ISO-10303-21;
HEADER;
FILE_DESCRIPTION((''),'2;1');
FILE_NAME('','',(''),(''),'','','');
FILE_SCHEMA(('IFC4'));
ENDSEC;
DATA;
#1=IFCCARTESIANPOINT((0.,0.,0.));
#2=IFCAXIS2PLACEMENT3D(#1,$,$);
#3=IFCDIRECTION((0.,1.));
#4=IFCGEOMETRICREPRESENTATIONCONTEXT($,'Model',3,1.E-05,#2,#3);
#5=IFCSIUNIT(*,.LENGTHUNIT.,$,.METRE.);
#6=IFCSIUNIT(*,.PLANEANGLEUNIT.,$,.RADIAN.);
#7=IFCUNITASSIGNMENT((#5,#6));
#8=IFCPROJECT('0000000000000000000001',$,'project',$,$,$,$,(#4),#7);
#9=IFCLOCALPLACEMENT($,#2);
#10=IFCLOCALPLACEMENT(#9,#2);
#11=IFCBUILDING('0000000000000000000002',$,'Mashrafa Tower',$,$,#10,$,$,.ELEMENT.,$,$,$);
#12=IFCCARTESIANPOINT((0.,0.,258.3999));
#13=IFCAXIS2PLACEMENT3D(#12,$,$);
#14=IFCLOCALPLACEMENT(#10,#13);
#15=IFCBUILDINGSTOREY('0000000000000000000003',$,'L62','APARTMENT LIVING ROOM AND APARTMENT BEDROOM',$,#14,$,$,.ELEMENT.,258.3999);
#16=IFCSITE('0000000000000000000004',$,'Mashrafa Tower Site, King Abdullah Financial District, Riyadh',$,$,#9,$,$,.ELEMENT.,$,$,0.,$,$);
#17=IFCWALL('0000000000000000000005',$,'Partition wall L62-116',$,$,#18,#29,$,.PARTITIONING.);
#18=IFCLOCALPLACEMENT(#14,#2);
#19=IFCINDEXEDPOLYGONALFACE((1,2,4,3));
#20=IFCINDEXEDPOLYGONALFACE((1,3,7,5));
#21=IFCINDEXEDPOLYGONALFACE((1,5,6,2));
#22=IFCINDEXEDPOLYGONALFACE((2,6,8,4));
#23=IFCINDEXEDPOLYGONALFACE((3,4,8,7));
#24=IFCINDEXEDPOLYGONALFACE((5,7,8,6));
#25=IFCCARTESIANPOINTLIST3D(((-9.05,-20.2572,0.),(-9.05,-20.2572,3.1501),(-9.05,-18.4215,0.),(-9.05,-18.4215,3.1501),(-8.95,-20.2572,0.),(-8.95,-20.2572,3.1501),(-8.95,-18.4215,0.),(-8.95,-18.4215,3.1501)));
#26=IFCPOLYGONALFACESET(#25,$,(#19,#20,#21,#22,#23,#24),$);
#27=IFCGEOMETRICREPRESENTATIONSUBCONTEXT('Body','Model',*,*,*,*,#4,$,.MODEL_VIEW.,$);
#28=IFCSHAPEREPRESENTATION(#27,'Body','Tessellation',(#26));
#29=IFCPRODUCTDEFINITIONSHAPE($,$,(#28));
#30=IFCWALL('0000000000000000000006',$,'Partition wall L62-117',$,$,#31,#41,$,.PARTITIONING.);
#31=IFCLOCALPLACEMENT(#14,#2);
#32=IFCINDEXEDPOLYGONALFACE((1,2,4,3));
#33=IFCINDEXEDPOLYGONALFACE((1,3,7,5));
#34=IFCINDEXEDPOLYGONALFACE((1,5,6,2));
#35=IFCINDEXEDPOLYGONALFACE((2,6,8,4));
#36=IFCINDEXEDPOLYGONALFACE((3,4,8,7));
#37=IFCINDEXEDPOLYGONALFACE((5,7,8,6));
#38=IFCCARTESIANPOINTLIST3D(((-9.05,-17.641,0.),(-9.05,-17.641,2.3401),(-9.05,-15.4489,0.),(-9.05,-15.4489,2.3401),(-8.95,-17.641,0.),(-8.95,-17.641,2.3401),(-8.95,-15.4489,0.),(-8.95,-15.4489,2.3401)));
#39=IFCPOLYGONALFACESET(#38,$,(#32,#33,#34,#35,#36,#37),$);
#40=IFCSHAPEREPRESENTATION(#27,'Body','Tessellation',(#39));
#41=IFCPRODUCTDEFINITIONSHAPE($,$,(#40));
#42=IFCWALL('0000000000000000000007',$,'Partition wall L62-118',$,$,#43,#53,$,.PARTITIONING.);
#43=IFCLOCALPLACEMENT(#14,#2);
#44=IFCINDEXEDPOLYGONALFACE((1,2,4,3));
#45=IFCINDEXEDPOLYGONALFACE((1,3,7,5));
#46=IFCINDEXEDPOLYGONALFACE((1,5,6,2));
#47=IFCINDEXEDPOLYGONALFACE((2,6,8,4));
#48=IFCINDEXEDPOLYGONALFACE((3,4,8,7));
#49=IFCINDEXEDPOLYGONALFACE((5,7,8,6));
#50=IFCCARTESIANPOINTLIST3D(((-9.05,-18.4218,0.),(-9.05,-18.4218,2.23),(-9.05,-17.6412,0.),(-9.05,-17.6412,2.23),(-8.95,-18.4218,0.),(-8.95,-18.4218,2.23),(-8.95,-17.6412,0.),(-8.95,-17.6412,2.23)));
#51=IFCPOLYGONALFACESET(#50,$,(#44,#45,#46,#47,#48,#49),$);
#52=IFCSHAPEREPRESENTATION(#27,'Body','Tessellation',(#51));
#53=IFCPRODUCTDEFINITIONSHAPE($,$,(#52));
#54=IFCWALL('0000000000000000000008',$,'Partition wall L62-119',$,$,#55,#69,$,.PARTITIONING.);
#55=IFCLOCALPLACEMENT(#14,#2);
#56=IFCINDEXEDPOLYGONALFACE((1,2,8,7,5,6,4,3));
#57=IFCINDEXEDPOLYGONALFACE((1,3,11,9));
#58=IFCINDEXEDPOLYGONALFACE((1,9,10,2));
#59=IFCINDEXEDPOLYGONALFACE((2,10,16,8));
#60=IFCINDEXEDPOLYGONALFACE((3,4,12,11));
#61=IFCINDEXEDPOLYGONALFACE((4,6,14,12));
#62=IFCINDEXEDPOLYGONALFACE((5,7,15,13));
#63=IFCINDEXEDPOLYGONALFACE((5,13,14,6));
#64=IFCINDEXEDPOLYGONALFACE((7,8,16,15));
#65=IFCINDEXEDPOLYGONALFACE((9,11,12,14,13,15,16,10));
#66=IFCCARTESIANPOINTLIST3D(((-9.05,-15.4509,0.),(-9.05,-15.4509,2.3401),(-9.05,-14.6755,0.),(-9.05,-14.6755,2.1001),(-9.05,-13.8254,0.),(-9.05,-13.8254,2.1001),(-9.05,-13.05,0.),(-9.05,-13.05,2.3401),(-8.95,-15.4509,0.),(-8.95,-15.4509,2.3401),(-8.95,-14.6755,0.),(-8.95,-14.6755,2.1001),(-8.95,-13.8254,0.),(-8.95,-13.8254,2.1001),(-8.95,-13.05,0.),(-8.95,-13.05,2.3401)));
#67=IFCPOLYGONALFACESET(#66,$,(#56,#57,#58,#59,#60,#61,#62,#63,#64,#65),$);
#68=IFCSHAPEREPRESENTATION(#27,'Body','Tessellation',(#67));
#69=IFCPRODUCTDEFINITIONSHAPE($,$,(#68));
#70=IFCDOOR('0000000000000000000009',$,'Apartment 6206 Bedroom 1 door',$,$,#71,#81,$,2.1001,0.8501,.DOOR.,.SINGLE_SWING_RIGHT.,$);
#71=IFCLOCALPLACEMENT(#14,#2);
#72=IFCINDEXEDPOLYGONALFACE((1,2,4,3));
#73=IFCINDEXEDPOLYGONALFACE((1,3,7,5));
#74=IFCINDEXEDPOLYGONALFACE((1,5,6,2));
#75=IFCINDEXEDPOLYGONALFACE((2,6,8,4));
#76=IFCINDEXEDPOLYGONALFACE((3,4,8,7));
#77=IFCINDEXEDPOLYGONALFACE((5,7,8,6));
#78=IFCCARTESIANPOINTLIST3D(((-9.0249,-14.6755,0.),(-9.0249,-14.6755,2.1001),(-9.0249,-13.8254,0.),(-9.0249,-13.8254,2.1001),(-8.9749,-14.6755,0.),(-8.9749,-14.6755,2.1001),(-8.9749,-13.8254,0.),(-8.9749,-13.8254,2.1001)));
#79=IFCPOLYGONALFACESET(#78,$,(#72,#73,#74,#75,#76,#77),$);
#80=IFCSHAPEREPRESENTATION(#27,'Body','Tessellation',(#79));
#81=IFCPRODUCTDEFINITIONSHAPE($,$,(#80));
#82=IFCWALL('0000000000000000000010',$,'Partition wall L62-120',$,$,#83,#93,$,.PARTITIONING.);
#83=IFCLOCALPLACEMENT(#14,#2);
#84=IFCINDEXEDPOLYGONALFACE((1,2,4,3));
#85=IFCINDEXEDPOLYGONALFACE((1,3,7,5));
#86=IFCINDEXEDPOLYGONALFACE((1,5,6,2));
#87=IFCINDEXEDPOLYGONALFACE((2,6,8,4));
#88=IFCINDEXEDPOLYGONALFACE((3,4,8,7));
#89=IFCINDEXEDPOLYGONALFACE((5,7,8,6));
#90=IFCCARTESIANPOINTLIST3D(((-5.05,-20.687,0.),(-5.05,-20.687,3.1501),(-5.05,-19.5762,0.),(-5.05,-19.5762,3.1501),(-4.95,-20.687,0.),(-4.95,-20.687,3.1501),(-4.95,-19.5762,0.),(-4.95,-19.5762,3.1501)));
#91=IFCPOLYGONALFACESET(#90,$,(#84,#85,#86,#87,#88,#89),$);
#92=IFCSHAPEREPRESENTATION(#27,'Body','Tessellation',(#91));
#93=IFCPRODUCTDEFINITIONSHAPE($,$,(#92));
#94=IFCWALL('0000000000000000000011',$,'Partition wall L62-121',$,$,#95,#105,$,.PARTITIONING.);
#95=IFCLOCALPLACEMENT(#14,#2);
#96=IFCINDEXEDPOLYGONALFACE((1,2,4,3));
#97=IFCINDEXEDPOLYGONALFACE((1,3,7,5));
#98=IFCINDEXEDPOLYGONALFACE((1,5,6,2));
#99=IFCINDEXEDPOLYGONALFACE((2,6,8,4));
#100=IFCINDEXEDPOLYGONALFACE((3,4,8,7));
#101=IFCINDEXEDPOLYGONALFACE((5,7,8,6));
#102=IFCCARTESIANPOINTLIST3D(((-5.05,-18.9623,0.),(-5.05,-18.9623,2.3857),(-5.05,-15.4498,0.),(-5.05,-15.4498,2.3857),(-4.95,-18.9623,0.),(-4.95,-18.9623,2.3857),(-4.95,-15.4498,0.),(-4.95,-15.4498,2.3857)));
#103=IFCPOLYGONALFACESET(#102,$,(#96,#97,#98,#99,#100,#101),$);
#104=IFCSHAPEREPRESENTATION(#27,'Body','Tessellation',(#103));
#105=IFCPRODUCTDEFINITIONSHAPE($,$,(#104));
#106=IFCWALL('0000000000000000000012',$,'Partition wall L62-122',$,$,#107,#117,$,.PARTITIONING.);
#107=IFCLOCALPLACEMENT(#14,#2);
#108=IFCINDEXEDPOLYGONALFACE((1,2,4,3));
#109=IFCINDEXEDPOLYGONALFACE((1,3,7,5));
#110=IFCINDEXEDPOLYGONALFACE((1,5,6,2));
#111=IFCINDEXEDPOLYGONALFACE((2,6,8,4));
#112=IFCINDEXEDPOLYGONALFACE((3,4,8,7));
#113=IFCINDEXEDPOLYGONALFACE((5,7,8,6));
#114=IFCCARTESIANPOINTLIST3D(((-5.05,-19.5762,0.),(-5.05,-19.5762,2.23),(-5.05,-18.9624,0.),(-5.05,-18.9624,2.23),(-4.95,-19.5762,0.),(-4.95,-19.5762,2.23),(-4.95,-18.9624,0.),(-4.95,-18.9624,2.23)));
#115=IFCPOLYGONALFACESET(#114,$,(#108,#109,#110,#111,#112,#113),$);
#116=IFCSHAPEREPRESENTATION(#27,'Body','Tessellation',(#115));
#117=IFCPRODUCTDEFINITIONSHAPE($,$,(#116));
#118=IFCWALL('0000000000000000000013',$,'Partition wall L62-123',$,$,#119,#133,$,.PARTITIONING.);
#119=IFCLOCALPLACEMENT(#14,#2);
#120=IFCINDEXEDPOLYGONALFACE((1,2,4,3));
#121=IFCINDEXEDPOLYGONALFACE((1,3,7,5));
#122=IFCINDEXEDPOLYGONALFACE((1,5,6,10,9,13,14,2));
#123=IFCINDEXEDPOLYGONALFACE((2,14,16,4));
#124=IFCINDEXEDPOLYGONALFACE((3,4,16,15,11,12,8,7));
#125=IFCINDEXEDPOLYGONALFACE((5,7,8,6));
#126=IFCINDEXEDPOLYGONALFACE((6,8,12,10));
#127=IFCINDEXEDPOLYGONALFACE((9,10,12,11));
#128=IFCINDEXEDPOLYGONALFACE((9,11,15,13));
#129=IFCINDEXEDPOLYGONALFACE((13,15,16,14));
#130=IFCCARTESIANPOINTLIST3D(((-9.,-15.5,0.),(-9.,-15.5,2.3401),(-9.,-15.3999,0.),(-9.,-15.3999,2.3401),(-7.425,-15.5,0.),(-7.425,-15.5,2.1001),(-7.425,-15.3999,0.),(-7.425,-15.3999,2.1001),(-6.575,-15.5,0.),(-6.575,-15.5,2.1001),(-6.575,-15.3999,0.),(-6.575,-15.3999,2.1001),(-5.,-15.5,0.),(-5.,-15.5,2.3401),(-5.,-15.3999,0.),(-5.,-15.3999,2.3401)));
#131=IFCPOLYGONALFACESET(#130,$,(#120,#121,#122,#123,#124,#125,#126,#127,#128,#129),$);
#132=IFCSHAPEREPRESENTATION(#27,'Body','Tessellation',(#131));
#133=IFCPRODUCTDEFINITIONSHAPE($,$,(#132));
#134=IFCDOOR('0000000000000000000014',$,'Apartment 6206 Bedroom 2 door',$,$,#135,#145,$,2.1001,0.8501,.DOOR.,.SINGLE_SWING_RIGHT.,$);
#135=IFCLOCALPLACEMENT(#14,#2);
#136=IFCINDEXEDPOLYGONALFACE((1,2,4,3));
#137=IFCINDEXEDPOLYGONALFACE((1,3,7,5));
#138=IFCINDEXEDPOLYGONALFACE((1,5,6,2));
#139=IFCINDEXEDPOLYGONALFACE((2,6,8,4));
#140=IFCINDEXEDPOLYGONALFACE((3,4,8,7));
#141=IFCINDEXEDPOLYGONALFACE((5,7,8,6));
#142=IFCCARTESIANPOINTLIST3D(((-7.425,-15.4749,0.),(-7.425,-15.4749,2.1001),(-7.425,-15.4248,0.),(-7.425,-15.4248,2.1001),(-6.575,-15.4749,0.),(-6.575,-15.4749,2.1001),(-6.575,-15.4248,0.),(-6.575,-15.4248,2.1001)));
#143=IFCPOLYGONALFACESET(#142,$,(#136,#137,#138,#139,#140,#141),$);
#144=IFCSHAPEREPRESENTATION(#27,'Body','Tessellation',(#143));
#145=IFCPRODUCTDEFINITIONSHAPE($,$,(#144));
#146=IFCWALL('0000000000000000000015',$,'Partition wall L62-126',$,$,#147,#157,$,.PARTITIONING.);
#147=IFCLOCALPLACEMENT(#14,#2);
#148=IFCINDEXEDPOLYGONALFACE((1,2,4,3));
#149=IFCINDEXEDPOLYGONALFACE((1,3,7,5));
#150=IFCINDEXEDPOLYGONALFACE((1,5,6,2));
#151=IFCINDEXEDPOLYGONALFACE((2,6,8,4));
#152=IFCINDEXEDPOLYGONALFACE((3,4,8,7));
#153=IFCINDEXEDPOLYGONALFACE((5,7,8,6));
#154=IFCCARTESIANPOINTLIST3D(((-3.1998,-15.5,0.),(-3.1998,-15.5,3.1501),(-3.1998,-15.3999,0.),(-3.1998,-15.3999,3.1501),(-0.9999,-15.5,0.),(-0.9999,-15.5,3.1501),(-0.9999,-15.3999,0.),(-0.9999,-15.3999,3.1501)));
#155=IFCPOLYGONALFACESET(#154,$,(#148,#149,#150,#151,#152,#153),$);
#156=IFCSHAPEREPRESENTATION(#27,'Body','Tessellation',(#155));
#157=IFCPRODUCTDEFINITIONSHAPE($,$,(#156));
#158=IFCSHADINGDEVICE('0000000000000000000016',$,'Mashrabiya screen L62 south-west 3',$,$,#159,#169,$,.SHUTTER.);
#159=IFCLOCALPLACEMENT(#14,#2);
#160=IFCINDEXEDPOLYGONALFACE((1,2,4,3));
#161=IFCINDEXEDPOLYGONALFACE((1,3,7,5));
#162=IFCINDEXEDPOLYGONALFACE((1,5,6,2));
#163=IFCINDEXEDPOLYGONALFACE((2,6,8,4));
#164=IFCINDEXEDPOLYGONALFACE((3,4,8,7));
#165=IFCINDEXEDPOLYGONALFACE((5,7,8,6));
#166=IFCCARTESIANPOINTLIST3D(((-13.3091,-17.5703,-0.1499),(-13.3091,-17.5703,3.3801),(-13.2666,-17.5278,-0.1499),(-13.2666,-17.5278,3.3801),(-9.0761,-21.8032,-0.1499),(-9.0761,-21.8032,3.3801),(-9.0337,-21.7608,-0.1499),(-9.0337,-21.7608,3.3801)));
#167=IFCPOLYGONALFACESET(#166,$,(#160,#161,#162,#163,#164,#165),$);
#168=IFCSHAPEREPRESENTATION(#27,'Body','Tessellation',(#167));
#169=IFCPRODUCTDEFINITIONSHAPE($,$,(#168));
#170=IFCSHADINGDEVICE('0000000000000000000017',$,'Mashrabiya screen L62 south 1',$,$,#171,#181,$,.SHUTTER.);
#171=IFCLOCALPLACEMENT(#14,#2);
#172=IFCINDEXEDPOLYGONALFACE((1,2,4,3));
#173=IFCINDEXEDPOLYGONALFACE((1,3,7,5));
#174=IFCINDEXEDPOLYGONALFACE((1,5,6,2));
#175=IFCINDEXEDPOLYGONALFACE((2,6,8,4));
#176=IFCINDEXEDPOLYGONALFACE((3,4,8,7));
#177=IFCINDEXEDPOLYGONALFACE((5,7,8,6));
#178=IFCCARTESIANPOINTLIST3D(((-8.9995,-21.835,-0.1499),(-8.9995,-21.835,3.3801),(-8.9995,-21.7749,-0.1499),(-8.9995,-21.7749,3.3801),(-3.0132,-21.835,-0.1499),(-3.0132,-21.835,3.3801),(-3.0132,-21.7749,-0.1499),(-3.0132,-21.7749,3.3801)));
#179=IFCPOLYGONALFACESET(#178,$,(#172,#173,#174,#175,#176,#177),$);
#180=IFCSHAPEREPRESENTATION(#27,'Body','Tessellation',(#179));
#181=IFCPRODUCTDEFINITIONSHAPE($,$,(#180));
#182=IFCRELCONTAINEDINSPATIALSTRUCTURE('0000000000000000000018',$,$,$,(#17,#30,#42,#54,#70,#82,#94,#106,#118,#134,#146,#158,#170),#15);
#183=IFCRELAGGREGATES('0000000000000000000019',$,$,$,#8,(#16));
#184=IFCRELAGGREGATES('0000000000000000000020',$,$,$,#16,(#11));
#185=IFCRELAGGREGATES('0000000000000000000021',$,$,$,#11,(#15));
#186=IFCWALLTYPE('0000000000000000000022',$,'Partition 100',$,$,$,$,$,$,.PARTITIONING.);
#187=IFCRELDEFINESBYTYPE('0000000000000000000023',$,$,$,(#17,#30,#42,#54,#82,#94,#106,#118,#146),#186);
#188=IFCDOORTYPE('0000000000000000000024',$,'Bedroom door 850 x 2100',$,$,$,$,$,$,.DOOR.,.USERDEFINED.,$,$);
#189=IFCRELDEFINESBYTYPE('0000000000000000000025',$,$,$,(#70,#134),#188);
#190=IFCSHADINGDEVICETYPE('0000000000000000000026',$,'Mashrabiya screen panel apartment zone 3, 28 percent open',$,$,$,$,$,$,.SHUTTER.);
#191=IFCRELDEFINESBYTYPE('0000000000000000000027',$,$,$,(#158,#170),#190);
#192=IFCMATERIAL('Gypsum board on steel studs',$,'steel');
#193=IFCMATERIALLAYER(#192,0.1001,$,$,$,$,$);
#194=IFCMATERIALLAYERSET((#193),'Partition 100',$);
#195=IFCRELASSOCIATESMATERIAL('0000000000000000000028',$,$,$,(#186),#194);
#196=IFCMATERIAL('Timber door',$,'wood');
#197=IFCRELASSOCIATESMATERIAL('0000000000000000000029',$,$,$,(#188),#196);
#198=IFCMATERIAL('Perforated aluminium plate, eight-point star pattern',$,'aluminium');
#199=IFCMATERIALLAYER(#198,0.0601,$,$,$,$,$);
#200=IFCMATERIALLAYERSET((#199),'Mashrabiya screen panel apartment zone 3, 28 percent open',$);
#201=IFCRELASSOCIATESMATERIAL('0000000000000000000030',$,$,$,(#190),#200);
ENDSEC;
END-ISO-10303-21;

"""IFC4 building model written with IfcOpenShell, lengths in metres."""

from ifc_helpers import new_model, si_unit, direction, frame, frame_2d, origin, origin_2d, place, context, subcontext, project, spatial, rectangle, extrude, source, transform, mapped, material, layer, layer_set, type_object, type_shapes, element, fill, save


model = new_model("IFC4")

# Units and contexts
model_context = context("Model", 3, precision=1e-05, world=origin(), true_north=direction((0.0, 1.0)))
body_context = subcontext(model_context, "Body", "Model", "MODEL_VIEW")
ifc_project = project(units=[si_unit("LENGTHUNIT", "METRE"), si_unit("PLANEANGLEUNIT", "RADIAN")], contexts=[model_context])

# Site, building, storey
site_placement = place(None, origin())
site = spatial("IfcSite", under=ifc_project, at=site_placement, Name="Mashrafa Tower Site, King Abdullah Financial District, Riyadh", CompositionType="ELEMENT", RefElevation=0.0)
building_placement = place(site_placement, origin())
building = spatial("IfcBuilding", under=site, at=building_placement, Name="Mashrafa Tower", CompositionType="ELEMENT")
storey_placement = place(building_placement, frame((0.0, 0.0, 258.3999)))
storey = spatial("IfcBuildingStorey", under=building, at=storey_placement, Name="L62", Description="APARTMENT LIVING ROOM AND APARTMENT BEDROOM", CompositionType="ELEMENT", Elevation=258.3999)

# Walls
ifc_material_1 = material(Name="Gypsum board on steel studs", Category="steel")
ifc_layer_1 = layer(ifc_material_1, 0.1001)
ifc_layer_set_1 = layer_set([ifc_layer_1], Name="Partition 100")
wall_type = type_object("IfcWallType", Name="Partition 100", PredefinedType="PARTITIONING", material=ifc_layer_set_1)
wall_1_placement = place(storey_placement, frame((-9.0, -20.2573, 0.0), z_axis=(0.0, 0.0, 1.0), x_axis=(0.0, 1.0, 0.0)))
element("IfcWall", 1, at=wall_1_placement, inside=storey, type_object=wall_type, Name="Partition wall L62-116", PredefinedType="PARTITIONING", context=body_context, shape_type="SweptSolid", body=[
    extrude(rectangle(XDim=1.8357, YDim=0.1001, at=frame_2d((0.918, 0.0))), origin(), (0.0, 0.0, 1.0), 3.1501),
])
wall_2_placement = place(storey_placement, frame((-9.0, -17.6411, 0.0), z_axis=(0.0, 0.0, 1.0), x_axis=(0.0, 1.0, 0.0)))
element("IfcWall", 2, at=wall_2_placement, inside=storey, type_object=wall_type, Name="Partition wall L62-117", PredefinedType="PARTITIONING", context=body_context, shape_type="SweptSolid", body=[
    extrude(rectangle(XDim=2.1921, YDim=0.1001, at=frame_2d((1.0962, 0.0))), origin(), (0.0, 0.0, 1.0), 2.3401),
])
wall_3_placement = place(storey_placement, frame((-9.0, -18.4216, 0.0), z_axis=(0.0, 0.0, 1.0), x_axis=(0.0, 1.0, 0.0)))
element("IfcWall", 3, at=wall_3_placement, inside=storey, type_object=wall_type, Name="Partition wall L62-118", PredefinedType="PARTITIONING", context=body_context, shape_type="SweptSolid", body=[
    extrude(rectangle(XDim=0.7805, YDim=0.1001, at=frame_2d((0.3901, 0.0))), origin(), (0.0, 0.0, 1.0), 2.23),
])

# Wall, opening, door
wall_4_placement = place(storey_placement, frame((-9.0, -15.4509, 0.0), z_axis=(0.0, 0.0, 1.0), x_axis=(0.0, 1.0, 0.0)))
wall_4 = element("IfcWall", 4, at=wall_4_placement, inside=storey, type_object=wall_type, Name="Partition wall L62-119", PredefinedType="PARTITIONING", context=body_context, shape_type="SweptSolid", body=[
    extrude(rectangle(XDim=2.4009, YDim=0.1001, at=frame_2d((1.2004, 0.0))), origin(), (0.0, 0.0, 1.0), 2.3401),
])
opening_1_placement = place(wall_4_placement, frame((0.7754, 0.0, 0.0)))
opening_1 = element("IfcOpeningElement", 5, at=opening_1_placement, cuts=wall_4, PredefinedType="OPENING", context=body_context, shape_type="SweptSolid", body=[
    extrude(rectangle(XDim=0.8501, YDim=2.1001, at=frame_2d((0.425, 1.05))), frame((0.0, 0.0601, 0.0), z_axis=(0.0, -1.0, 0.0), x_axis=(1.0, 0.0, 0.0)), (0.0, 0.0, 1.0), 0.1201),
])
ifc_material_2 = material(Name="Timber door", Category="wood")
door_type = type_object("IfcDoorType", Name="Bedroom door 850 x 2100", OperationType="USERDEFINED", PredefinedType="DOOR", material=ifc_material_2)
door_1_placement = place(opening_1_placement, origin())
door_1 = element("IfcDoor", 6, at=door_1_placement, inside=storey, type_object=door_type, Name="Apartment 6206 Bedroom 1 door", OperationType="SINGLE_SWING_RIGHT", OverallHeight=2.1001, OverallWidth=0.8501, PredefinedType="DOOR", context=body_context, shape_type="SweptSolid", body=[
    extrude(rectangle(XDim=0.8501, YDim=2.1001, at=frame_2d((0.425, 1.05))), frame((0.0, 0.0249, 0.0), z_axis=(0.0, -1.0, 0.0), x_axis=(1.0, 0.0, 0.0)), (0.0, 0.0, 1.0), 0.05),
])
fill(opening_1, door_1)

# Walls
wall_5_placement = place(storey_placement, frame((-5.0, -20.687, 0.0), z_axis=(0.0, 0.0, 1.0), x_axis=(0.0, 1.0, 0.0)))
element("IfcWall", 7, at=wall_5_placement, inside=storey, type_object=wall_type, Name="Partition wall L62-120", PredefinedType="PARTITIONING", context=body_context, shape_type="SweptSolid", body=[
    extrude(rectangle(XDim=1.1108, YDim=0.1001, at=frame_2d((0.5554, 0.0))), origin(), (0.0, 0.0, 1.0), 3.1501),
])
wall_6_placement = place(storey_placement, frame((-5.0, -18.9624, 0.0), z_axis=(0.0, 0.0, 1.0), x_axis=(0.0, 1.0, 0.0)))
element("IfcWall", 8, at=wall_6_placement, inside=storey, type_object=wall_type, Name="Partition wall L62-121", PredefinedType="PARTITIONING", context=body_context, shape_type="SweptSolid", body=[
    extrude(rectangle(XDim=3.5125, YDim=0.1001, at=frame_2d((1.7563, 0.0))), origin(), (0.0, 0.0, 1.0), 2.3857),
])
wall_7_placement = place(storey_placement, frame((-5.0, -19.5762, 0.0), z_axis=(0.0, 0.0, 1.0), x_axis=(0.0, 1.0, 0.0)))
element("IfcWall", 9, at=wall_7_placement, inside=storey, type_object=wall_type, Name="Partition wall L62-122", PredefinedType="PARTITIONING", context=body_context, shape_type="SweptSolid", body=[
    extrude(rectangle(XDim=0.6138, YDim=0.1001, at=frame_2d((0.3069, 0.0))), origin(), (0.0, 0.0, 1.0), 2.23),
])

# Wall, opening, door
wall_8_placement = place(storey_placement, frame((-5.0, -15.45, 0.0), z_axis=(0.0, 0.0, 1.0), x_axis=(-1.0, 0.0, 0.0)))
wall_8 = element("IfcWall", 10, at=wall_8_placement, inside=storey, type_object=wall_type, Name="Partition wall L62-123", PredefinedType="PARTITIONING", context=body_context, shape_type="SweptSolid", body=[
    extrude(rectangle(XDim=4.0, YDim=0.1001, at=frame_2d((2.0, 0.0))), origin(), (0.0, 0.0, 1.0), 2.3401),
])
opening_2_placement = place(wall_8_placement, frame((1.575, 0.0, 0.0)))
opening_2 = element("IfcOpeningElement", 11, at=opening_2_placement, cuts=wall_8, PredefinedType="OPENING", context=body_context, shape_type="SweptSolid", body=[
    extrude(rectangle(XDim=0.8501, YDim=2.1001, at=frame_2d((0.425, 1.05))), frame((0.0, 0.0601, 0.0), z_axis=(0.0, -1.0, 0.0), x_axis=(1.0, 0.0, 0.0)), (0.0, 0.0, 1.0), 0.1201),
])
door_2_placement = place(opening_2_placement, origin())
door_2 = element("IfcDoor", 12, at=door_2_placement, inside=storey, type_object=door_type, Name="Apartment 6206 Bedroom 2 door", OperationType="SINGLE_SWING_RIGHT", OverallHeight=2.1001, OverallWidth=0.8501, PredefinedType="DOOR", context=body_context, shape_type="SweptSolid", body=[
    extrude(rectangle(XDim=0.8501, YDim=2.1001, at=frame_2d((0.425, 1.05))), frame((0.0, 0.0249, 0.0), z_axis=(0.0, -1.0, 0.0), x_axis=(1.0, 0.0, 0.0)), (0.0, 0.0, 1.0), 0.05),
])
fill(opening_2, door_2)

# Wall
wall_9_placement = place(storey_placement, frame((-3.2, -15.45, 0.0), z_axis=(0.0, 0.0, 1.0), x_axis=(1.0, 0.0, 0.0)))
element("IfcWall", 13, at=wall_9_placement, inside=storey, type_object=wall_type, Name="Partition wall L62-126", PredefinedType="PARTITIONING", context=body_context, shape_type="SweptSolid", body=[
    extrude(rectangle(XDim=2.2, YDim=0.1001, at=frame_2d((1.1001, 0.0))), origin(), (0.0, 0.0, 1.0), 3.1501),
])

# Shading devices
ifc_material_3 = material(Name="Perforated aluminium plate, eight-point star pattern", Category="aluminium")
ifc_layer_2 = layer(ifc_material_3, 0.0601)
ifc_layer_set_2 = layer_set([ifc_layer_2], Name="Mashrabiya screen panel apartment zone 3, 28 percent open")
shading_device_type = type_object("IfcShadingDeviceType", Name="Mashrabiya screen panel apartment zone 3, 28 percent open", PredefinedType="SHUTTER", material=ifc_layer_set_2)
shared_shape_1 = source(origin(), body_context, "Body", "SweptSolid", [
    extrude(rectangle(XDim=5.9863, YDim=0.0601, at=origin_2d()), origin(), (0.0, 0.0, 1.0), 3.53),
])
type_shapes(shading_device_type, [shared_shape_1])
for number, where, z_axis, x_axis, name in (
    (14, (-11.1714, -19.6655, -0.1499), (0.0, 0.0, 1.0), (0.707107, -0.707107, 0.0), "Mashrabiya screen L62 south-west 3"),
    (15, (-6.0063, -21.8049, -0.1499), (0.0, 0.0, 1.0), (1.0, 0.0, 0.0), "Mashrabiya screen L62 south 1"),
):
    element("IfcShadingDevice", number, at=place(storey_placement, frame(where, z_axis=z_axis, x_axis=x_axis)), inside=storey, type_object=shading_device_type, Name=name, PredefinedType="SHUTTER", context=body_context, shape_type="MappedRepresentation", body=[
        mapped(shared_shape_1, transform((0.0, 0.0, 0.0))),
    ])

save(model, "model.ifc")
